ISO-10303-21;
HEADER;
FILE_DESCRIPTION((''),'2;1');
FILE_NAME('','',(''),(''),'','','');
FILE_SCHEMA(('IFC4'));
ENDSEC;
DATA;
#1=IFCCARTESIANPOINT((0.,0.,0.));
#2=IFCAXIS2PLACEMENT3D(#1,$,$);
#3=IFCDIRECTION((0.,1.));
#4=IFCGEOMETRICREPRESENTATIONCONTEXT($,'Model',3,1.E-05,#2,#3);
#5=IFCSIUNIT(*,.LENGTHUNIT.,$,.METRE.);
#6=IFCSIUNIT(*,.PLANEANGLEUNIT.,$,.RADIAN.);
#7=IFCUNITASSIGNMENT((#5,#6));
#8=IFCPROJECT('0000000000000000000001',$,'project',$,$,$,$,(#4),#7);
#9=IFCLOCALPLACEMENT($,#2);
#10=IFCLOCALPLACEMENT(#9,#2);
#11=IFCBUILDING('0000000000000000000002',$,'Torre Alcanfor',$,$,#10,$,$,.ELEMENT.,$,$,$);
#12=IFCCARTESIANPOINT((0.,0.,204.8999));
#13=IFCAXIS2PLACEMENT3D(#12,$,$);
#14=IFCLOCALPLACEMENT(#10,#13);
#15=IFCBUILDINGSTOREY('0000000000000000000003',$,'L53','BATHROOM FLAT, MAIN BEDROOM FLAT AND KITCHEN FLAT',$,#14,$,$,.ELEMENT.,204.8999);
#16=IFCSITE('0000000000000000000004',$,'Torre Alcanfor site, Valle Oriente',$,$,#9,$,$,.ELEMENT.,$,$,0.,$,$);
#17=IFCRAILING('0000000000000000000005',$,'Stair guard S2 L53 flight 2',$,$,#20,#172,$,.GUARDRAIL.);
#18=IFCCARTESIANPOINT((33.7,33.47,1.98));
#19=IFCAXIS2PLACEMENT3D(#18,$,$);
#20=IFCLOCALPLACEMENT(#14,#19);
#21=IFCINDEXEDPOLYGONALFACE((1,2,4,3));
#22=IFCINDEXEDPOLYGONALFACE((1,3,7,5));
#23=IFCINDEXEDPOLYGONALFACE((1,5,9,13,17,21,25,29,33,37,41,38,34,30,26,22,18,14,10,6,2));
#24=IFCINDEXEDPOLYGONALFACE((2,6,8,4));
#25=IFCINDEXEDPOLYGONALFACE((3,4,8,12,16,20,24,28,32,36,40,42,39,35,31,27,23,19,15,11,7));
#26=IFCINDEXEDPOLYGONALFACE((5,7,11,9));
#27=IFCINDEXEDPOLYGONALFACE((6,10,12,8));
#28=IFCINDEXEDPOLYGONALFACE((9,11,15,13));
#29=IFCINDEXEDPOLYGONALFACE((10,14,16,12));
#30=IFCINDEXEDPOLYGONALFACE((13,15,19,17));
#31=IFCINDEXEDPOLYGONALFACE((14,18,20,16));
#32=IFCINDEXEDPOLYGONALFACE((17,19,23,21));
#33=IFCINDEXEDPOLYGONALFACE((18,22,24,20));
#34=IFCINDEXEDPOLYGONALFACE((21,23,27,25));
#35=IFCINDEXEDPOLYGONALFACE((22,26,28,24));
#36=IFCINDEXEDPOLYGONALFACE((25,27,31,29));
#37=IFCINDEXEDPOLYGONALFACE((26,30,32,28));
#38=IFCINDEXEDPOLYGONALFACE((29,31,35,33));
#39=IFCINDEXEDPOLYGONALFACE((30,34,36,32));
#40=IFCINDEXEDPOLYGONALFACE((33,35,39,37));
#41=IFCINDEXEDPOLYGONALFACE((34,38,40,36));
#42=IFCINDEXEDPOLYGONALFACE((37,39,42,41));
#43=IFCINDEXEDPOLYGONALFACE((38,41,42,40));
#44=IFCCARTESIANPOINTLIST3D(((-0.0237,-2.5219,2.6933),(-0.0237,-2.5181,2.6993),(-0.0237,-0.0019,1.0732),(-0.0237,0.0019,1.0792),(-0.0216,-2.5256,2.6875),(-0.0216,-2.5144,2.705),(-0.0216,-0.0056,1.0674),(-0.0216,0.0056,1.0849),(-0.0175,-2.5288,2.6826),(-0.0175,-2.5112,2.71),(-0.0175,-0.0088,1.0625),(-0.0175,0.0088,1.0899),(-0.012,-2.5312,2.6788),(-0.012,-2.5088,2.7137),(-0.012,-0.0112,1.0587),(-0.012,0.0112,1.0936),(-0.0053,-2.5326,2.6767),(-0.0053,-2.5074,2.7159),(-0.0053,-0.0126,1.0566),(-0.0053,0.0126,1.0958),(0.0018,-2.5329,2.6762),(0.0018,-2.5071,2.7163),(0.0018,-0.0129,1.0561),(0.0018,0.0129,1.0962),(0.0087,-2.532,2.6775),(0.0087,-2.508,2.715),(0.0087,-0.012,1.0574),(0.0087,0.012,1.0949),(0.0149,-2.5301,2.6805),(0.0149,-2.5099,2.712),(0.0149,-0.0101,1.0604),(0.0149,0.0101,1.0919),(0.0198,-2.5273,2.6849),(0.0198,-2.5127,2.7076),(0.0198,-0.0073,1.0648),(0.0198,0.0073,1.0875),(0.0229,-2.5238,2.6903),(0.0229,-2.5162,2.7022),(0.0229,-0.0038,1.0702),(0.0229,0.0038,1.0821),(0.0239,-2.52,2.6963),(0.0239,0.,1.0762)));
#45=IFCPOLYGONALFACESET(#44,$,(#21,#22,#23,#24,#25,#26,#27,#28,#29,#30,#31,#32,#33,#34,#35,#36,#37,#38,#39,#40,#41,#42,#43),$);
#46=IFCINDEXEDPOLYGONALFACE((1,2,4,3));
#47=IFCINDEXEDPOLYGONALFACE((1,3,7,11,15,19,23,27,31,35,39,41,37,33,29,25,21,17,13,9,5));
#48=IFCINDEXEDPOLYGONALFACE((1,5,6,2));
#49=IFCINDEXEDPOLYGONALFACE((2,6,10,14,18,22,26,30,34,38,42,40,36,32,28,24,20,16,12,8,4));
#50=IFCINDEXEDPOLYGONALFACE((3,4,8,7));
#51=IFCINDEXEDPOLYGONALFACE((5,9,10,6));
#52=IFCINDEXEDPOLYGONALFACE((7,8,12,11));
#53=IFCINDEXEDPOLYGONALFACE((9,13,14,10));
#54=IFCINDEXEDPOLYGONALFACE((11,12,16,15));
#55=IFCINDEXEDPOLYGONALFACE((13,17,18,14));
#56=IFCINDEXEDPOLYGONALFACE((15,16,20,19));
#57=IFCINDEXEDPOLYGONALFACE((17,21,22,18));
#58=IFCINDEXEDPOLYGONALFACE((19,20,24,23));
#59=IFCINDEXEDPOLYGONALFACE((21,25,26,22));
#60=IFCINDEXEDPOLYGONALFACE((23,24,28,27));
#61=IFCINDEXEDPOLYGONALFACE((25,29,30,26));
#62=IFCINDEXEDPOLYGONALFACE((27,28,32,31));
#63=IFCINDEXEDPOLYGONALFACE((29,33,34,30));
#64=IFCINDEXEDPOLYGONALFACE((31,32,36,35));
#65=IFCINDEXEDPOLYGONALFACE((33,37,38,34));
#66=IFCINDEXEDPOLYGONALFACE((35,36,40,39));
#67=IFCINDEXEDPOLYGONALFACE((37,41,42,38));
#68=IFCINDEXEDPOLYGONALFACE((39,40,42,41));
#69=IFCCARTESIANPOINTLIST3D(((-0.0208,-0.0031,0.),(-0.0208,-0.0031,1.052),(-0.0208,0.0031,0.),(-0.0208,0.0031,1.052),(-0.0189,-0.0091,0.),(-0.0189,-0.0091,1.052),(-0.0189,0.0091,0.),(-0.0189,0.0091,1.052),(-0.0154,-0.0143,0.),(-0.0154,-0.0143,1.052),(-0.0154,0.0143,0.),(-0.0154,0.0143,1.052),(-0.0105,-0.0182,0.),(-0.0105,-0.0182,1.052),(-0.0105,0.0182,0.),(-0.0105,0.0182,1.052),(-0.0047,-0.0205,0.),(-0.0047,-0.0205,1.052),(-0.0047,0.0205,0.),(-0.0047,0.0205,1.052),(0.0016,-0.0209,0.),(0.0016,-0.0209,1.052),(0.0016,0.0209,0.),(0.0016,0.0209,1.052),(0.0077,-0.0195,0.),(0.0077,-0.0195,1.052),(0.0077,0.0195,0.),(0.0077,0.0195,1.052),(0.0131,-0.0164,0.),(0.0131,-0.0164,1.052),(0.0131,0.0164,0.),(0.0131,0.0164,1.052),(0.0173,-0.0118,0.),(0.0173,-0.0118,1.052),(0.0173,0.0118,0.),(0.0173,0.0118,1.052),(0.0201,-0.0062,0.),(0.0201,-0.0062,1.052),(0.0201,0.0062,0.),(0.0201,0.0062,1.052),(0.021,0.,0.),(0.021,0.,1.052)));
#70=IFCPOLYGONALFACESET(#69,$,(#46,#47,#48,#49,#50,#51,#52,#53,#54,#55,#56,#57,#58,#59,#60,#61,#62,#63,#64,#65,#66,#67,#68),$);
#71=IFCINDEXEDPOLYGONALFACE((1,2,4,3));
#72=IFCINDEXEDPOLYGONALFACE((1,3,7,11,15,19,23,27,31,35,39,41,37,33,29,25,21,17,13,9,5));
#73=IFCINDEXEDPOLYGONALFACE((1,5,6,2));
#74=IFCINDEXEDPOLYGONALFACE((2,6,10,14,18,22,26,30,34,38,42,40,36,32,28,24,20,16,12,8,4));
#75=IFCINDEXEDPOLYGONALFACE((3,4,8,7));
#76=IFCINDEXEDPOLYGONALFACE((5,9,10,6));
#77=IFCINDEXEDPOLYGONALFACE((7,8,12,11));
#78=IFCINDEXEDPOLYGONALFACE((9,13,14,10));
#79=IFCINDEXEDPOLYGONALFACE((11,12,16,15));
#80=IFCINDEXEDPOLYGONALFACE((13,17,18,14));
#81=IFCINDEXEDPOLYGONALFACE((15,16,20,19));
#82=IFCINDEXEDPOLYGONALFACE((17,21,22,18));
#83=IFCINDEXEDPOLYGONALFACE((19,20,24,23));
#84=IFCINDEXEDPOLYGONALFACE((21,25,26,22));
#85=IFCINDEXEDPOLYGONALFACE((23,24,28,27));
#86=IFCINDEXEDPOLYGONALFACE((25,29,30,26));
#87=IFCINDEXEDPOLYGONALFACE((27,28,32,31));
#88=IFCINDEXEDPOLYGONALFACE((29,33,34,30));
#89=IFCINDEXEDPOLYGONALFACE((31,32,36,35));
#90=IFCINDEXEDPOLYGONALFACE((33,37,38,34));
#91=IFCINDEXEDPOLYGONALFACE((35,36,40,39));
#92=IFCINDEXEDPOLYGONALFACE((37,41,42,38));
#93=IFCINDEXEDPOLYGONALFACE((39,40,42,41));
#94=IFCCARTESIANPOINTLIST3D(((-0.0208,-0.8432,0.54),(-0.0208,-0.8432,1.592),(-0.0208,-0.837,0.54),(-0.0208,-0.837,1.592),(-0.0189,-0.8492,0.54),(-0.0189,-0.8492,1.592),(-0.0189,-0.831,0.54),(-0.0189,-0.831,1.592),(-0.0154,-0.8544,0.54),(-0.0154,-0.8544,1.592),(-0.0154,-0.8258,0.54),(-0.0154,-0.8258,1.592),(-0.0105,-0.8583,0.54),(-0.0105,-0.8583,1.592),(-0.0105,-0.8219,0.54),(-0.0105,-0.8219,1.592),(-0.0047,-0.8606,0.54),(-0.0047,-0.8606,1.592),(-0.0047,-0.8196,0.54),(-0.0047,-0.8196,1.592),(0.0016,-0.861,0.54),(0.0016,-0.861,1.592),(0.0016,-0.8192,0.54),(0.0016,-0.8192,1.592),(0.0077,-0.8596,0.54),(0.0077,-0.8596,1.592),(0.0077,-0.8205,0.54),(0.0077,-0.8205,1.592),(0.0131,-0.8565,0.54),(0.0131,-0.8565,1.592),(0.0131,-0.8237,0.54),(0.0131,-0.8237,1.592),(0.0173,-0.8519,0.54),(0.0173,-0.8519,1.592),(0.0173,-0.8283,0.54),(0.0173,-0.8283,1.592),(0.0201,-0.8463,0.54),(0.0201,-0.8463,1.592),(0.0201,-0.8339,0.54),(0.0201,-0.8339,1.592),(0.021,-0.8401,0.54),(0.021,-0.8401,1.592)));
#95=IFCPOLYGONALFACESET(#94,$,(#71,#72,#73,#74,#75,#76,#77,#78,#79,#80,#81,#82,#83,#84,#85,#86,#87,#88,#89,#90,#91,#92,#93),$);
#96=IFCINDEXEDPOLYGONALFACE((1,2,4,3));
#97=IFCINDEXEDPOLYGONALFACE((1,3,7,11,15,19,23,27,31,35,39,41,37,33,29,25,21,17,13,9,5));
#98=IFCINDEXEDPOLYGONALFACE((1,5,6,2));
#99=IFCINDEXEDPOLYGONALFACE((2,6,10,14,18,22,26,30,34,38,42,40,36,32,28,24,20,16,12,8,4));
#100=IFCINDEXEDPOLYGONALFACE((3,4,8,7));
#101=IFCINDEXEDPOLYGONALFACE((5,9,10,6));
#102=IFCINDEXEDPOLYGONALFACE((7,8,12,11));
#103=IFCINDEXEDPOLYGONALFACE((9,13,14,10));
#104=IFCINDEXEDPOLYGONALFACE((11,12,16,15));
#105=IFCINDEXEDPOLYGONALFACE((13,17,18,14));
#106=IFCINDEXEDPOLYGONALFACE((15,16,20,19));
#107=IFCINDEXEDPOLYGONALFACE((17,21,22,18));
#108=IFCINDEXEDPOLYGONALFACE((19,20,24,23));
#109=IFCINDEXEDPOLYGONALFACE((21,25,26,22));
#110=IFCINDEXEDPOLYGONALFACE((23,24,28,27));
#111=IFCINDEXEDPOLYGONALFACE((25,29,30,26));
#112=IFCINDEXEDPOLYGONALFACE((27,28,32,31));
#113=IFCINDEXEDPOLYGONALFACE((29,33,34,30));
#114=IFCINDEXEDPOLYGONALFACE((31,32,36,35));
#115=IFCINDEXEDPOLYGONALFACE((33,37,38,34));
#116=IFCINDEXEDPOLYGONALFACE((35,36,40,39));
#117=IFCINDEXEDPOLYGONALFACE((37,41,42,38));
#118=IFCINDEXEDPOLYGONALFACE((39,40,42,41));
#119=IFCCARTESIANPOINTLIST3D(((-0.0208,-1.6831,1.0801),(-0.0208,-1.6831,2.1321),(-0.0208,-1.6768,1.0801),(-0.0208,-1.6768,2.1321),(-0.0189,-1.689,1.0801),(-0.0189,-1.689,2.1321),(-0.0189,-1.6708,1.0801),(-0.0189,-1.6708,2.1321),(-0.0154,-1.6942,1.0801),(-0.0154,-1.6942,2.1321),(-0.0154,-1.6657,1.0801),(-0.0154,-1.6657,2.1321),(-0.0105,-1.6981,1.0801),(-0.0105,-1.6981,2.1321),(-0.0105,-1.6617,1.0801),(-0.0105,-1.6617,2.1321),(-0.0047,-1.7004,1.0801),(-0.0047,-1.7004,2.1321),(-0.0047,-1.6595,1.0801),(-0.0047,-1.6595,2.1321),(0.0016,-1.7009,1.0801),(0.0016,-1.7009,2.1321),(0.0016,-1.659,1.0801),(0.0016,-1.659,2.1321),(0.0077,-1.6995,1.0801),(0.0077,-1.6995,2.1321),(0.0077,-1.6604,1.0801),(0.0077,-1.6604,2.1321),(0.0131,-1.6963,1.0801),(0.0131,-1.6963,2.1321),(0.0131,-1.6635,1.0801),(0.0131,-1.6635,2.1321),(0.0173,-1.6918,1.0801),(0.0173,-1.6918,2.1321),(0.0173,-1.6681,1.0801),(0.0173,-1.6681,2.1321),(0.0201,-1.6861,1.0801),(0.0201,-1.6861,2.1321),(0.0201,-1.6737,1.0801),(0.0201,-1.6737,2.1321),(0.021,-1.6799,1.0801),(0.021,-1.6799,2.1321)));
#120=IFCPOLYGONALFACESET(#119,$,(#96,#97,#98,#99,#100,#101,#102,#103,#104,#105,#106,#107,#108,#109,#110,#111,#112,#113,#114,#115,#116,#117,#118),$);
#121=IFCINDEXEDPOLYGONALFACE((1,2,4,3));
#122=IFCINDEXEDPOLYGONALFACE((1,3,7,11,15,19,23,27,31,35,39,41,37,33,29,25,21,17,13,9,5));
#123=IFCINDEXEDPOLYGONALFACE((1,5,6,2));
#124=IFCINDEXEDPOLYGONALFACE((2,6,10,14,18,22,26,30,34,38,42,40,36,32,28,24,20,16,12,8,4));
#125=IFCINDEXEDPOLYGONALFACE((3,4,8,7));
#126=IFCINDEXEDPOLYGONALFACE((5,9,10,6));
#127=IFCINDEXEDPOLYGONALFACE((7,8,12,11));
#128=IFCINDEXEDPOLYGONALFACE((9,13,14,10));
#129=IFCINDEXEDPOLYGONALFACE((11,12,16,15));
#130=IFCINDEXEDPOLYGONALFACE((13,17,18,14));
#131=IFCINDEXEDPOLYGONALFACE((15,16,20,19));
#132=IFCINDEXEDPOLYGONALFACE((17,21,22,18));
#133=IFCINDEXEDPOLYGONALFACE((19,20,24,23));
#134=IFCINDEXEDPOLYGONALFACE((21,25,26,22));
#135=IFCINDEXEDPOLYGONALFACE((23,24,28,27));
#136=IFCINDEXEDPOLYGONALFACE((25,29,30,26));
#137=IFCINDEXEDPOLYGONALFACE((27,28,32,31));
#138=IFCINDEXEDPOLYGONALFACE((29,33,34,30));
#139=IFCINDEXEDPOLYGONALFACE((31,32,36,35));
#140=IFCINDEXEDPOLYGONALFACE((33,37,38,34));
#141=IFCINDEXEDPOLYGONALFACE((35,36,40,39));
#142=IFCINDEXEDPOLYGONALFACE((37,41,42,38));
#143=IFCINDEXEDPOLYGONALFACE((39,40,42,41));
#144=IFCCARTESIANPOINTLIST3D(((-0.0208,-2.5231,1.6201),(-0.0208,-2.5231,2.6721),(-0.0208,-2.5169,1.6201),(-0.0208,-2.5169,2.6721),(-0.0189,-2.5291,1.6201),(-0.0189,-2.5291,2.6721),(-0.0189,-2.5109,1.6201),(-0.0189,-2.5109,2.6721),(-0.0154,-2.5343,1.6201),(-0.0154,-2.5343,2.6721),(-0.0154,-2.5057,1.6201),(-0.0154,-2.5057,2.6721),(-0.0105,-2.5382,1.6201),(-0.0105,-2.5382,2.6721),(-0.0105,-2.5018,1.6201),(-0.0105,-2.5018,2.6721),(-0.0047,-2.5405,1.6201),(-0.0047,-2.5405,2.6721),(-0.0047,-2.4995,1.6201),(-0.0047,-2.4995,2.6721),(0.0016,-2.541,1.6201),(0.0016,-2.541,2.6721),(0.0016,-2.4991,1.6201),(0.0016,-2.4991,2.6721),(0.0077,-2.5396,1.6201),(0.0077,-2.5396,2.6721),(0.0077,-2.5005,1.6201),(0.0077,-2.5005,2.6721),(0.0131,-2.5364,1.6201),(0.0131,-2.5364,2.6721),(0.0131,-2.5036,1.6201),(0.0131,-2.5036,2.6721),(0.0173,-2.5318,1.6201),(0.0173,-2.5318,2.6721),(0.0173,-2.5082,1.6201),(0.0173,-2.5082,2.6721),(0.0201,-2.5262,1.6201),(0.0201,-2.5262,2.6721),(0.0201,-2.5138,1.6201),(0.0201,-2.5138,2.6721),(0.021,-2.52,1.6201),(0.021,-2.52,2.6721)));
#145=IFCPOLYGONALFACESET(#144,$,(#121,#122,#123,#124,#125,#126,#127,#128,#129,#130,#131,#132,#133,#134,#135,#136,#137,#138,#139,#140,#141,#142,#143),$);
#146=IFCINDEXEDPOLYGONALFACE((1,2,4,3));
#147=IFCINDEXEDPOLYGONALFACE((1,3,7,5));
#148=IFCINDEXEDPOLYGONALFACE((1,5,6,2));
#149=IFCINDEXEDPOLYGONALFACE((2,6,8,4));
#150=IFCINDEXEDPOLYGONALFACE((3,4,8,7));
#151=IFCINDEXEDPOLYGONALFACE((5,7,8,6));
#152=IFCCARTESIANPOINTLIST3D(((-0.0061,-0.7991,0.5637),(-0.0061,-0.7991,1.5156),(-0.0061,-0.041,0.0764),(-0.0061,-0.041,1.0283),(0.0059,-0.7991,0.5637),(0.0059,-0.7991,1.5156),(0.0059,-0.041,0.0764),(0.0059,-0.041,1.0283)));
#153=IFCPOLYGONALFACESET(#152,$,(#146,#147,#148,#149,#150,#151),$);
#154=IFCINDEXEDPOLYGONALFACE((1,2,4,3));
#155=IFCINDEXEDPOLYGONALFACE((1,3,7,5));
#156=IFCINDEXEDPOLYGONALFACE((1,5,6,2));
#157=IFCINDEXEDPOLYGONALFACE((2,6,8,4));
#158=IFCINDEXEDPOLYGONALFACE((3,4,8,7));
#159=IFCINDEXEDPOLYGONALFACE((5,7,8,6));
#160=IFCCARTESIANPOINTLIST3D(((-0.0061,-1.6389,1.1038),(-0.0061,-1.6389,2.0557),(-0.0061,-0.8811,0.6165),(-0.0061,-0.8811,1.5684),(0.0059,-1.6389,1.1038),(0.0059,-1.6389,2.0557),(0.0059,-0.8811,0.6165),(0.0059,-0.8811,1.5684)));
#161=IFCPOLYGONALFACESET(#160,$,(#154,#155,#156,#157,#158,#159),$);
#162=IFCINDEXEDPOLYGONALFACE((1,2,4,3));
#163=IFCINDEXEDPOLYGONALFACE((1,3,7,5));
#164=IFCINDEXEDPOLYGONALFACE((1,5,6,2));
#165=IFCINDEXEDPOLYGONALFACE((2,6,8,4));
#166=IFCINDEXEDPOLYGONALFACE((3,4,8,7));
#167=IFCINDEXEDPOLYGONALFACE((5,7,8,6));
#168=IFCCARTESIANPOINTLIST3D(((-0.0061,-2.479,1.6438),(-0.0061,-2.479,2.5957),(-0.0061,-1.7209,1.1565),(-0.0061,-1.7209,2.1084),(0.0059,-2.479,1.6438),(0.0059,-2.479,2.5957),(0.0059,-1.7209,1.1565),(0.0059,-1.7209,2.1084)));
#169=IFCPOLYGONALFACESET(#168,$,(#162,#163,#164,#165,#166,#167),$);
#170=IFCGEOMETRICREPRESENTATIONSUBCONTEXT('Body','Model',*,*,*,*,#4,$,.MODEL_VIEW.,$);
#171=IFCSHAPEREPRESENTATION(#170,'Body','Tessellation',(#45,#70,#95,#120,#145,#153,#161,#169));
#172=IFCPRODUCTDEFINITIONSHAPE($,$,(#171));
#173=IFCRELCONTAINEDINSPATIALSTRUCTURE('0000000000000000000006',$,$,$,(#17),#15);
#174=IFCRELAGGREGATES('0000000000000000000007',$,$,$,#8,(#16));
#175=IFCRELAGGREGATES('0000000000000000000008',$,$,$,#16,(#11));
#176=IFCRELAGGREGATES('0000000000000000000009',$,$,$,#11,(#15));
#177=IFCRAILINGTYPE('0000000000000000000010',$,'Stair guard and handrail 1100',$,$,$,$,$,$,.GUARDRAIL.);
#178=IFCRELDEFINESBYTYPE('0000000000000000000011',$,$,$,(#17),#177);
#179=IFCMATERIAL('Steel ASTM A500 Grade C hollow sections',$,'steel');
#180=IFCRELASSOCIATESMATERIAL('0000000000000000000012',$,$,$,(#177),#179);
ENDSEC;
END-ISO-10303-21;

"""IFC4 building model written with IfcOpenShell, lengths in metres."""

from ifc_helpers import new_model, si_unit, direction, frame, origin, origin_2d, place, context, subcontext, project, spatial, polyline, circle, outline, extrude, material, type_object, element, save


model = new_model("IFC4")

# Units and contexts
model_context = context("Model", 3, precision=1e-05, world=origin(), true_north=direction((0.0, 1.0)))
body_context = subcontext(model_context, "Body", "Model", "MODEL_VIEW")
ifc_project = project(units=[si_unit("LENGTHUNIT", "METRE"), si_unit("PLANEANGLEUNIT", "RADIAN")], contexts=[model_context])

# Site, building, storey
site_placement = place(None, origin())
site = spatial("IfcSite", under=ifc_project, at=site_placement, Name="Torre Alcanfor site, Valle Oriente", CompositionType="ELEMENT", RefElevation=0.0)
building_placement = place(site_placement, origin())
building = spatial("IfcBuilding", under=site, at=building_placement, Name="Torre Alcanfor", CompositionType="ELEMENT")
storey_placement = place(building_placement, frame((0.0, 0.0, 204.8999)))
storey = spatial("IfcBuildingStorey", under=building, at=storey_placement, Name="L53", Description="BATHROOM FLAT, MAIN BEDROOM FLAT AND KITCHEN FLAT", CompositionType="ELEMENT", Elevation=204.8999)

# Railing
ifc_material_1 = material(Name="Steel ASTM A500 Grade C hollow sections", Category="steel")
railing_type_1 = type_object("IfcRailingType", Name="Stair guard and handrail 1100", PredefinedType="GUARDRAIL", material=ifc_material_1)
railing_1_placement = place(storey_placement, frame((33.7, 33.47, 1.98)))
element("IfcRailing", 1, at=railing_1_placement, inside=storey, type_object=railing_type_1, Name="Stair guard S2 L53 flight 2", PredefinedType="GUARDRAIL", context=body_context, shape_type="SweptSolid", body=[
    extrude(circle(Radius=0.0239, at=origin_2d()), frame((0.0, 0.0, 1.0762), z_axis=(0.0, -0.841163, 0.540782), x_axis=(1.0, 0.0, 0.0)), (0.0, 0.0, 1.0), 2.9958),
    extrude(circle(Radius=0.021, at=origin_2d()), origin(), (0.0, 0.0, 1.0), 1.052),
    extrude(circle(Radius=0.021, at=origin_2d()), frame((0.0, -0.8401, 0.54)), (0.0, 0.0, 1.0), 1.052),
    extrude(circle(Radius=0.021, at=origin_2d()), frame((0.0, -1.6799, 1.0801)), (0.0, 0.0, 1.0), 1.052),
    extrude(circle(Radius=0.021, at=origin_2d()), frame((0.0, -2.52, 1.6201)), (0.0, 0.0, 1.0), 1.052),
    extrude(outline(polyline([(0.041, 0.0764), (0.7991, 0.5637), (0.7991, 1.5156), (0.041, 1.0283), (0.041, 0.0764)])), frame((0.0059, 0.0, 0.0), z_axis=(-1.0, 0.0, 0.0), x_axis=(0.0, -1.0, 0.0)), (0.0, 0.0, 1.0), 0.012),
    extrude(outline(polyline([(0.8811, 0.6165), (1.6389, 1.1038), (1.6389, 2.0557), (0.8811, 1.5684), (0.8811, 0.6165)])), frame((0.0059, 0.0, 0.0), z_axis=(-1.0, 0.0, 0.0), x_axis=(0.0, -1.0, 0.0)), (0.0, 0.0, 1.0), 0.012),
    extrude(outline(polyline([(1.7209, 1.1565), (2.479, 1.6438), (2.479, 2.5957), (1.7209, 2.1084), (1.7209, 1.1565)])), frame((0.0059, 0.0, 0.0), z_axis=(-1.0, 0.0, 0.0), x_axis=(0.0, -1.0, 0.0)), (0.0, 0.0, 1.0), 0.012),
])

save(model, "model.ifc")
